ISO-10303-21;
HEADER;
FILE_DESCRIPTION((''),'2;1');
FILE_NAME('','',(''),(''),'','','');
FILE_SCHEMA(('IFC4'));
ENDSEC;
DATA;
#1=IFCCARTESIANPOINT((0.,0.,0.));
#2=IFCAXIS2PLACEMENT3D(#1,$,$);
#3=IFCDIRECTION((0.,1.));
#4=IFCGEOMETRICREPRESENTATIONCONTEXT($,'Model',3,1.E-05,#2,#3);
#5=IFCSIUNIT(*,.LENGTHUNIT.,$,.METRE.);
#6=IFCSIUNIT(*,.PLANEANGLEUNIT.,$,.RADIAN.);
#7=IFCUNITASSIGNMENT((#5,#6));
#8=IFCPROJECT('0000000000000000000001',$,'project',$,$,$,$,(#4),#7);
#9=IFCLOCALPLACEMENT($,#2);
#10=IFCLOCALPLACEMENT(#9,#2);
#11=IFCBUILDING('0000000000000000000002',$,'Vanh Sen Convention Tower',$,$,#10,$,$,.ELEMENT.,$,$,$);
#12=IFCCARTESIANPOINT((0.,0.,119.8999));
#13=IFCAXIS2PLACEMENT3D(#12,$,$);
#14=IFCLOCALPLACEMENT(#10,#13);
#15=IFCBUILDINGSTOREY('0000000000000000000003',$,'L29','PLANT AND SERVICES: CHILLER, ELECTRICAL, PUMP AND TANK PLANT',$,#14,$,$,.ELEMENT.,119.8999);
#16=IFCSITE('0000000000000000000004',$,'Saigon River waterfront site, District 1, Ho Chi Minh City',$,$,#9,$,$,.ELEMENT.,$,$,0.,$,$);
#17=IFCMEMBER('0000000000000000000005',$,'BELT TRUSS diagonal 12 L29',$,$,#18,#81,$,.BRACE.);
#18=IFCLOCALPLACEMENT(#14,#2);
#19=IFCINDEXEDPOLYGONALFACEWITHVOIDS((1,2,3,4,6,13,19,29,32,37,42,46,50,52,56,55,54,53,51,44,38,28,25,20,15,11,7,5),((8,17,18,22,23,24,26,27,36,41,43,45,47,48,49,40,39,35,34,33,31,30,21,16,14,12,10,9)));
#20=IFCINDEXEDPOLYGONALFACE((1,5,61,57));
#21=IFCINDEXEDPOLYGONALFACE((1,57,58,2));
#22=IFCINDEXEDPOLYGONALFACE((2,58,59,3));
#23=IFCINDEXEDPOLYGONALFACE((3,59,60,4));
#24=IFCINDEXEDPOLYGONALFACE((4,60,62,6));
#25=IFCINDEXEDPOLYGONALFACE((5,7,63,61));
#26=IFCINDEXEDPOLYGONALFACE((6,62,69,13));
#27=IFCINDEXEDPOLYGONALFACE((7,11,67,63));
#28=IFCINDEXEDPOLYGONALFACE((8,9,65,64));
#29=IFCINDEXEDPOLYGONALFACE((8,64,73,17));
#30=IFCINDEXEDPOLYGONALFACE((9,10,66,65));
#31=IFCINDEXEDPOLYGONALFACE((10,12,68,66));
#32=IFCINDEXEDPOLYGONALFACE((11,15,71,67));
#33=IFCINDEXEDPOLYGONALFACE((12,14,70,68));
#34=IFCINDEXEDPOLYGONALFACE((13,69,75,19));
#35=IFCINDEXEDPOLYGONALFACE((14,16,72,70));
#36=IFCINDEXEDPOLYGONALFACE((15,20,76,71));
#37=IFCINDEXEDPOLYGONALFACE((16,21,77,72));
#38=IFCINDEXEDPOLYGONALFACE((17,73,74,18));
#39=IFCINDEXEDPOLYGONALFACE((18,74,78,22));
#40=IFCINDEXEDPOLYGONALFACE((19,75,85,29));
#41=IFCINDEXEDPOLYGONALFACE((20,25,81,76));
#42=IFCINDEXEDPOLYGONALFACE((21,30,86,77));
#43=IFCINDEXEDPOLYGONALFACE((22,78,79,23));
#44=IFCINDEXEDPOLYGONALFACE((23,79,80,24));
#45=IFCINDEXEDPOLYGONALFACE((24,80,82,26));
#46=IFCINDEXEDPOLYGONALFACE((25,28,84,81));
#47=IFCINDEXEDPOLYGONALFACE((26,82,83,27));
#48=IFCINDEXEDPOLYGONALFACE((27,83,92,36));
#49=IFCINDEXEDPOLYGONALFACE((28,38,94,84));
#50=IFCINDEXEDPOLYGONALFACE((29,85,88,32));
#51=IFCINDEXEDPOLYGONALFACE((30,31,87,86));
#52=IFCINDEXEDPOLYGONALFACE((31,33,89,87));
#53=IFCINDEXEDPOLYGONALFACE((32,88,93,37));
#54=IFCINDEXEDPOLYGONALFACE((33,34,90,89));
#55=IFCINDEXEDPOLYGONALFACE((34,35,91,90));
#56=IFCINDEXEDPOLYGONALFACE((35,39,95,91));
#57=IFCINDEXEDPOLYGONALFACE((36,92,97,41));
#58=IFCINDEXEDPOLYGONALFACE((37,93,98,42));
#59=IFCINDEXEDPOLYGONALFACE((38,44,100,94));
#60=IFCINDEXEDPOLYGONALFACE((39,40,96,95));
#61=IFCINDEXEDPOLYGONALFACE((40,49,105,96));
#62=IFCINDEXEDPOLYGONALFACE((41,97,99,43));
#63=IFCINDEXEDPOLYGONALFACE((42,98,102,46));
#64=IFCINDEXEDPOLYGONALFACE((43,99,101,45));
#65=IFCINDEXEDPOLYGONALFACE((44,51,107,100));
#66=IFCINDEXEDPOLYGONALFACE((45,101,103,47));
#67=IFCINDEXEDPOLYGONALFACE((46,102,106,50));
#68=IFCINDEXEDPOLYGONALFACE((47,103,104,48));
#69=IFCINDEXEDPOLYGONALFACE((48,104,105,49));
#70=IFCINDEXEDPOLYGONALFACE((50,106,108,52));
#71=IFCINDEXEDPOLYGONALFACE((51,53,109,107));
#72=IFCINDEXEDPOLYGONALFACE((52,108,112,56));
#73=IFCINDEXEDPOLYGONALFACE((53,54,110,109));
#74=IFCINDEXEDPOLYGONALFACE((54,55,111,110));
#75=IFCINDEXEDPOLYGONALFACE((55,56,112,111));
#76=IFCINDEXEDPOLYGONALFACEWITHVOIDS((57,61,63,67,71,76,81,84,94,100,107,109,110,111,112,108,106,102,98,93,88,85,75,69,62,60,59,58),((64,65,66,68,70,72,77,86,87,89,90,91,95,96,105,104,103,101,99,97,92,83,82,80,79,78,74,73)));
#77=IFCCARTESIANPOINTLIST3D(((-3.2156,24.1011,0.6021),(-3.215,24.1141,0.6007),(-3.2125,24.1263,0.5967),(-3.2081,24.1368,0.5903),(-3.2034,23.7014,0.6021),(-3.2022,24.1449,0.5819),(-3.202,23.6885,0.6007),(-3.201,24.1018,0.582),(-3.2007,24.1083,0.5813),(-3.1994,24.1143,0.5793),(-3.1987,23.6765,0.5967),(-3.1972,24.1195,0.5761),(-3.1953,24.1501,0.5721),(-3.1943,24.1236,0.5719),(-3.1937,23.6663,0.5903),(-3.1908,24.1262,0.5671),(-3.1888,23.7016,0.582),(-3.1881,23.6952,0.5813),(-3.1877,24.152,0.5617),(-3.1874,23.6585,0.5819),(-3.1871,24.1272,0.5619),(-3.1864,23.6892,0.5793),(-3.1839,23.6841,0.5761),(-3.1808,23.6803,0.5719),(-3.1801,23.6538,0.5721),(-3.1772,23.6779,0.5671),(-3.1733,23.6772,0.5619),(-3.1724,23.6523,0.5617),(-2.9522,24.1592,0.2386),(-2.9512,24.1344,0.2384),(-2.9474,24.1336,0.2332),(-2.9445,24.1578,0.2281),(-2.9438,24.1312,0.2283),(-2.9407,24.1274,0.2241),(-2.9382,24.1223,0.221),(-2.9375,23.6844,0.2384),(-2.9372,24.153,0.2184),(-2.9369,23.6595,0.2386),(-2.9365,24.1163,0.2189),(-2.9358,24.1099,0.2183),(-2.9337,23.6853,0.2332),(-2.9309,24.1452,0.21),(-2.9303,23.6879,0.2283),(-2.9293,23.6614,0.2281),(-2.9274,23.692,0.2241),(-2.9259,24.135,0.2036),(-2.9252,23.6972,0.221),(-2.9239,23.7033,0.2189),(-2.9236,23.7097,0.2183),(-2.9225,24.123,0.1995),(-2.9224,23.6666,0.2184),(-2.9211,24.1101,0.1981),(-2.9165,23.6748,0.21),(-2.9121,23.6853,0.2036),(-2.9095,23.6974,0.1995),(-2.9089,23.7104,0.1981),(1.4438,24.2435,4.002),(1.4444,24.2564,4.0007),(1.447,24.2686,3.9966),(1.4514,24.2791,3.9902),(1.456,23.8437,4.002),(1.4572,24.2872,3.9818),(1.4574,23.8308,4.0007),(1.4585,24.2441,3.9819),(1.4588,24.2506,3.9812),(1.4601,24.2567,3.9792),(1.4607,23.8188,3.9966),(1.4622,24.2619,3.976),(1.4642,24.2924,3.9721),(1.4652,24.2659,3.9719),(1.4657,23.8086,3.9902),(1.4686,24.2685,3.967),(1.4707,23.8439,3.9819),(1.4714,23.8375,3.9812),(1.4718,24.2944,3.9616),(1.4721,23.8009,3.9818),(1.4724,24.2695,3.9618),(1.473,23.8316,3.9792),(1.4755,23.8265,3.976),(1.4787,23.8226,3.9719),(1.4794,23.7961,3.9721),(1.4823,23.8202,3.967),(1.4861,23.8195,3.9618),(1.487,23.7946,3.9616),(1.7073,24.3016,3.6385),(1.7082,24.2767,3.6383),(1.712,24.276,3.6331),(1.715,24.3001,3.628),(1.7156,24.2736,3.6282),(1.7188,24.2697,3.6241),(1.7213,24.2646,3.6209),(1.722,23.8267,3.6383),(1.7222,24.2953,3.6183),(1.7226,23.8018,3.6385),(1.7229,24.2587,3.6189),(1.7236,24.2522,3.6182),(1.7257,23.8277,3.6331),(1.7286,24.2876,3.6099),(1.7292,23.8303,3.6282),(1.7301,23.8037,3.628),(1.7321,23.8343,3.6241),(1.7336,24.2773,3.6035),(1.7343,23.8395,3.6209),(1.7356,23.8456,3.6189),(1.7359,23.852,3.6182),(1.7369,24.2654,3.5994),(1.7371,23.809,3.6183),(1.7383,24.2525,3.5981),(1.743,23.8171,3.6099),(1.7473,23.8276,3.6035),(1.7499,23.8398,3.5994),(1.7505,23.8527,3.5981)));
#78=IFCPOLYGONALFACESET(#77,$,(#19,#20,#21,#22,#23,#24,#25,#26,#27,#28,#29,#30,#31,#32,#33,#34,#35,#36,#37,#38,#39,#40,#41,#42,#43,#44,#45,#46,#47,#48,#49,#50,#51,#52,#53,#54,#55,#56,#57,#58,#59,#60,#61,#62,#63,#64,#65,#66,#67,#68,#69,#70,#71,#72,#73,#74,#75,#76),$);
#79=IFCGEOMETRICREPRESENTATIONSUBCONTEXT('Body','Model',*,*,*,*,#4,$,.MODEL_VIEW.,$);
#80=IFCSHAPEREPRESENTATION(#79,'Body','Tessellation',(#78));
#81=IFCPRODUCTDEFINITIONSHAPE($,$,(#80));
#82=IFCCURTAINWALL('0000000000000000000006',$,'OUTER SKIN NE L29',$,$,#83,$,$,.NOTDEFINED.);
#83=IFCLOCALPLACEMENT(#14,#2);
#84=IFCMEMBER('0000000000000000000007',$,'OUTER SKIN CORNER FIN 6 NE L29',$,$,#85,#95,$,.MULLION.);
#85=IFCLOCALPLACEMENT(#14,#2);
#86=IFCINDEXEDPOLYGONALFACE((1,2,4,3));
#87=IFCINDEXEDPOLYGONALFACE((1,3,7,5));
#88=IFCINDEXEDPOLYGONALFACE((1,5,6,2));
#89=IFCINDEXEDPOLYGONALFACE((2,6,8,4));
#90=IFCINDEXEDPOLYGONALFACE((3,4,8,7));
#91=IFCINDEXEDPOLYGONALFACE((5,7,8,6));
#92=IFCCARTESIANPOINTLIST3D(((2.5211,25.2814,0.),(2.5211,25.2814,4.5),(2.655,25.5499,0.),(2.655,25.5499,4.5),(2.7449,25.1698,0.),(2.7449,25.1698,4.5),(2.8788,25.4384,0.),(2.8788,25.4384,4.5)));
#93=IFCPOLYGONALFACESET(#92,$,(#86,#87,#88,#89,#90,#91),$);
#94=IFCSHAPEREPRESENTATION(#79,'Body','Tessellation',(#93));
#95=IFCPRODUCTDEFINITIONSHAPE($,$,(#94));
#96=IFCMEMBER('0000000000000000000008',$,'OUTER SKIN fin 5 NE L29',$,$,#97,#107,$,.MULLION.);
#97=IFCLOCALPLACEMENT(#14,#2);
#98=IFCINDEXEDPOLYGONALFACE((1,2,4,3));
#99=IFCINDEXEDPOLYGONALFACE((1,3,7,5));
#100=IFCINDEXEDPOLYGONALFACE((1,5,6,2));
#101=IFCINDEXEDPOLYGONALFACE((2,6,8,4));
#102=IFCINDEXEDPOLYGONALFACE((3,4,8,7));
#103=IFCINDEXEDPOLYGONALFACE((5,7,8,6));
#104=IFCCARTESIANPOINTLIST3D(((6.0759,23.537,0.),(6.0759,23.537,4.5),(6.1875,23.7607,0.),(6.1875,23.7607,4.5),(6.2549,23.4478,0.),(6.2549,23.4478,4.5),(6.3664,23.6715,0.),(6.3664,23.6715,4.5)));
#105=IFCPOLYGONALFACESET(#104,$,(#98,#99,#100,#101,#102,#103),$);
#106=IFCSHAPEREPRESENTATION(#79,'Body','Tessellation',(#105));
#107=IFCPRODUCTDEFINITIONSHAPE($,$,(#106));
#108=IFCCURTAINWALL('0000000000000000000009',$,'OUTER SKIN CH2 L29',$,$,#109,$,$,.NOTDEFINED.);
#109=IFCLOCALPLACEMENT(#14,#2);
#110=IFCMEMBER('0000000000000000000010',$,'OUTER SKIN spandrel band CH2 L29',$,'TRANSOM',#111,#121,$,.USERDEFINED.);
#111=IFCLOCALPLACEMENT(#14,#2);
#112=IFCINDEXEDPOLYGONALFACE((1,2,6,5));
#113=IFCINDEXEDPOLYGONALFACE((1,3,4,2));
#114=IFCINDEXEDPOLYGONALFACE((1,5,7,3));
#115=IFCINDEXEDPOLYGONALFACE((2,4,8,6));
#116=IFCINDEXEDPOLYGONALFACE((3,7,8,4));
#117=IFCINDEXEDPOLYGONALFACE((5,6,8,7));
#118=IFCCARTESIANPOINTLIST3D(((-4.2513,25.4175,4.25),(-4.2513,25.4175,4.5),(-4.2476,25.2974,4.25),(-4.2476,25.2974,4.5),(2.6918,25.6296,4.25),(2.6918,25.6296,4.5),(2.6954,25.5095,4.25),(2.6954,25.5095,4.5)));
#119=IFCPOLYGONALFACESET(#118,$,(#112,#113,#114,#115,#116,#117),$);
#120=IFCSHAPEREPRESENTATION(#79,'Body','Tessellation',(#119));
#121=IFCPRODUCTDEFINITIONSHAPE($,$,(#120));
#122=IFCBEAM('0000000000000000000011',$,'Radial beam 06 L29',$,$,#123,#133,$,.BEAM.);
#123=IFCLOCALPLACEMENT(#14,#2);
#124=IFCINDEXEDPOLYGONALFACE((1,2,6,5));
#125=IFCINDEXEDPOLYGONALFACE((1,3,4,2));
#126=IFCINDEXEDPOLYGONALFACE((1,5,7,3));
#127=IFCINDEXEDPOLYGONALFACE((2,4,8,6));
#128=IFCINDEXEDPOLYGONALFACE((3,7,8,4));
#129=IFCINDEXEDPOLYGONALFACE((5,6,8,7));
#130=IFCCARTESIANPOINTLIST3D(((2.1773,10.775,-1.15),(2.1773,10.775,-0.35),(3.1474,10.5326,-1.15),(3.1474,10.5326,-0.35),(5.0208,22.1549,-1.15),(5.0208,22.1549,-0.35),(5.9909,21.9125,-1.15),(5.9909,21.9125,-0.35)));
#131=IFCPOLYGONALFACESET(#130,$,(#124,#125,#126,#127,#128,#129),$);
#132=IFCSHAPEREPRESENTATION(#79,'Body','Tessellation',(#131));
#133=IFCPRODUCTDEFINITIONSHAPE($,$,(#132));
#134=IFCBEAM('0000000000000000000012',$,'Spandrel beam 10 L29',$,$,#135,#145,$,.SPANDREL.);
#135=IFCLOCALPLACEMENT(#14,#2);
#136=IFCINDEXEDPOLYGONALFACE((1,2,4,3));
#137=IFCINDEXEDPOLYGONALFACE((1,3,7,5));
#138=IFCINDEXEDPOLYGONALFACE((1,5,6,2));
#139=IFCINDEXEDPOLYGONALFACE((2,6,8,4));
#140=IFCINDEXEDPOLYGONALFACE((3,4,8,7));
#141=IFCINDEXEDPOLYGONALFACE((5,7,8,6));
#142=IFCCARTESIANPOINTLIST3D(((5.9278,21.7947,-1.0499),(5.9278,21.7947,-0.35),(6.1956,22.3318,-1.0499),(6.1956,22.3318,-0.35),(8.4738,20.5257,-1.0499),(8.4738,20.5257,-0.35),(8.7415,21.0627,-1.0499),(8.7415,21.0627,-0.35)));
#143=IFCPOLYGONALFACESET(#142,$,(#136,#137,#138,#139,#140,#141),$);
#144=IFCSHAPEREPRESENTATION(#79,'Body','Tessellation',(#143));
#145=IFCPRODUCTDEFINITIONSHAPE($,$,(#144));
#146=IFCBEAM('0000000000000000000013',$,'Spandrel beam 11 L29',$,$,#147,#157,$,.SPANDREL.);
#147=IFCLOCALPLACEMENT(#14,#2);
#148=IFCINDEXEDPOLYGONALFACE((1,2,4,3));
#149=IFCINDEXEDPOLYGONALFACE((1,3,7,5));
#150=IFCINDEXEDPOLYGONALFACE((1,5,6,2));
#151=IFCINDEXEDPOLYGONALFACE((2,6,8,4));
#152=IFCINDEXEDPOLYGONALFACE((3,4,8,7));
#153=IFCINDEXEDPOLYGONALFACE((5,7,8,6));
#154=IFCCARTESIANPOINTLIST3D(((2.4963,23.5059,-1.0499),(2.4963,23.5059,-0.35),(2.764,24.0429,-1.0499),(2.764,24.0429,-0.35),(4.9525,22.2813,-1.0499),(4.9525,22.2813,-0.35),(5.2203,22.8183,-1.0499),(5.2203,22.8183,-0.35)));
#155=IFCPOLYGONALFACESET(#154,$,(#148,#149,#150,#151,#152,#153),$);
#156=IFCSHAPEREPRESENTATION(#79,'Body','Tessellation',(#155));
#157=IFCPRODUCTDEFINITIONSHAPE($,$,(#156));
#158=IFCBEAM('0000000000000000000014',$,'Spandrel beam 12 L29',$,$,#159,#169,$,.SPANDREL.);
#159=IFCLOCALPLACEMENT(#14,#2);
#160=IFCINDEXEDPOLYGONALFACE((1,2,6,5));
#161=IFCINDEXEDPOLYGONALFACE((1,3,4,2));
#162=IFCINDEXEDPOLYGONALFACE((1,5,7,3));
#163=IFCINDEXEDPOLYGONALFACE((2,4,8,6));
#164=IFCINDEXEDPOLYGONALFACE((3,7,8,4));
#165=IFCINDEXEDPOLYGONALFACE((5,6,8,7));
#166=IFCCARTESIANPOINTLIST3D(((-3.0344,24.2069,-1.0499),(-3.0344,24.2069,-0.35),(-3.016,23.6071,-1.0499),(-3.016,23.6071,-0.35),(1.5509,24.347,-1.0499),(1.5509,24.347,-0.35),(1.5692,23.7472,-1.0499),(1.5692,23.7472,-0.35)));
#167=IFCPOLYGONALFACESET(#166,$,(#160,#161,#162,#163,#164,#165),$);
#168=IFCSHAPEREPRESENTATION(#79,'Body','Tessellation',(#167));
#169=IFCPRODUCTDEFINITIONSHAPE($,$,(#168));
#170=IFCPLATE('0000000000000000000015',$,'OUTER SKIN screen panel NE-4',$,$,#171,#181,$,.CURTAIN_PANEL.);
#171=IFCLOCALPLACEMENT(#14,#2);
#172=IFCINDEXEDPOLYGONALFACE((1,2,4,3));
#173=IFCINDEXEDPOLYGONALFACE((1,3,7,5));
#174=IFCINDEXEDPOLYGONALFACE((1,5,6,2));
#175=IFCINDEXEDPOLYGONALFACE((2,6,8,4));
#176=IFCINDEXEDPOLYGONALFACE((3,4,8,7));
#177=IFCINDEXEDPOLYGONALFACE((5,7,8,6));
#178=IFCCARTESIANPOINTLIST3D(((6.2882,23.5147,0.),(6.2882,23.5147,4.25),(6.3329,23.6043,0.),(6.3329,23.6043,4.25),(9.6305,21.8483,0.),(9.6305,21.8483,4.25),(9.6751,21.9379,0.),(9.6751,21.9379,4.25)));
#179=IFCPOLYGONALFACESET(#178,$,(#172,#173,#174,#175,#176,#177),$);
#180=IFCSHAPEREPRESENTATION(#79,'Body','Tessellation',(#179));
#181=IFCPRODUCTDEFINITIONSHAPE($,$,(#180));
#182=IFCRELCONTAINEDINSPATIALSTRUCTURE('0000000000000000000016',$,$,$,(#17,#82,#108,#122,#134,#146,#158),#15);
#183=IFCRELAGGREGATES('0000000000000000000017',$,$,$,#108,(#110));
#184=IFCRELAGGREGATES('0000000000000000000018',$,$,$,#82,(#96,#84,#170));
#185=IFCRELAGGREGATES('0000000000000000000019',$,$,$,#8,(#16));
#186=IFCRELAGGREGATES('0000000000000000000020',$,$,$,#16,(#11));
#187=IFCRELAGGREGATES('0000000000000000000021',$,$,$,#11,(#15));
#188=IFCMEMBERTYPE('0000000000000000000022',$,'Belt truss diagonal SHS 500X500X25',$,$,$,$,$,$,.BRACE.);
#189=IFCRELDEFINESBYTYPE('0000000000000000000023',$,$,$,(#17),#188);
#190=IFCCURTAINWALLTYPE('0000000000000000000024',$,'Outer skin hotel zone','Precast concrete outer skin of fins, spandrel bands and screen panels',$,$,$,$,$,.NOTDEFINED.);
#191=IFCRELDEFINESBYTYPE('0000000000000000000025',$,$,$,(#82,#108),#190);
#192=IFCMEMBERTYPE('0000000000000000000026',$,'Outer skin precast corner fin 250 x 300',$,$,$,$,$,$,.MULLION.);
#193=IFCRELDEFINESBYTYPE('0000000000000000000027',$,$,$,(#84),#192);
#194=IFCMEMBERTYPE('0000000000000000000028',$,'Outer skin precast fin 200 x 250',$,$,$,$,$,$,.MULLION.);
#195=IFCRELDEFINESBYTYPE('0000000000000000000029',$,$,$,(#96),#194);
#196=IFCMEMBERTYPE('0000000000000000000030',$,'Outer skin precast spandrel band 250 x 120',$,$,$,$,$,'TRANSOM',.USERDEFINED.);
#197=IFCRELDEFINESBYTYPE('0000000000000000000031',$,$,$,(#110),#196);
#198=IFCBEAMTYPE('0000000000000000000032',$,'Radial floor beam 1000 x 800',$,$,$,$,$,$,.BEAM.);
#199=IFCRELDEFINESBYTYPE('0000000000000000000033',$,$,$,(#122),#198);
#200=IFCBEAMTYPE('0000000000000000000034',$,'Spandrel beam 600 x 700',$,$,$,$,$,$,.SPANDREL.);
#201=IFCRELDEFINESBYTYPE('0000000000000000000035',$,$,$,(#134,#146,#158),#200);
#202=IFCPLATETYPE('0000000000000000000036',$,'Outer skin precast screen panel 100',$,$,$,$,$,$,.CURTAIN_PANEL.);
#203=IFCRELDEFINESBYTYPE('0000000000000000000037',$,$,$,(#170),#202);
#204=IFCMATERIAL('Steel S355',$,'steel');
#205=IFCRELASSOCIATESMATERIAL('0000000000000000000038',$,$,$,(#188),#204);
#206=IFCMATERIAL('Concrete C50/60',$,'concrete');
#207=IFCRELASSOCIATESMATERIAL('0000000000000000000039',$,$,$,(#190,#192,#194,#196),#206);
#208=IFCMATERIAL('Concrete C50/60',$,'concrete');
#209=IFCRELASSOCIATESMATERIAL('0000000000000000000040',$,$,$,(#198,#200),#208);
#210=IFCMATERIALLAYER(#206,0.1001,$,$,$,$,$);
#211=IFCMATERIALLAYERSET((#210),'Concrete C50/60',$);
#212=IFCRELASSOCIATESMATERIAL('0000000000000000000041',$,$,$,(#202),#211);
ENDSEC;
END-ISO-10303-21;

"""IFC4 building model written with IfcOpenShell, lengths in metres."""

from ifc_helpers import new_model, si_unit, direction, frame, origin, origin_2d, place, context, subcontext, project, spatial, rectangle, hollow_rectangle, extrude, material, layer, layer_set, material_profile, profile_set, type_object, element, aggregate, save


model = new_model("IFC4")

# Units and contexts
model_context = context("Model", 3, precision=1e-05, world=origin(), true_north=direction((0.0, 1.0)))
body_context = subcontext(model_context, "Body", "Model", "MODEL_VIEW")
ifc_project = project(units=[si_unit("LENGTHUNIT", "METRE"), si_unit("PLANEANGLEUNIT", "RADIAN")], contexts=[model_context])

# Site, building, storey
site_placement = place(None, origin())
site = spatial("IfcSite", under=ifc_project, at=site_placement, Name="Saigon River waterfront site, District 1, Ho Chi Minh City", CompositionType="ELEMENT", RefElevation=0.0)
building_placement = place(site_placement, origin())
building = spatial("IfcBuilding", under=site, at=building_placement, Name="Vanh Sen Convention Tower", CompositionType="ELEMENT")
storey_placement = place(building_placement, frame((0.0, 0.0, 119.8999)))
storey = spatial("IfcBuildingStorey", under=building, at=storey_placement, Name="L29", Description="PLANT AND SERVICES: CHILLER, ELECTRICAL, PUMP AND TANK PLANT", CompositionType="ELEMENT", Elevation=119.8999)

# Member
ifc_material_1 = material(Name="Steel S355", Category="steel")
ifc_material_profile_1 = material_profile(ifc_material_1, hollow_rectangle(XDim=0.5, YDim=0.5, WallThickness=0.0249, InnerFilletRadius=0.0249, OuterFilletRadius=0.05, at=origin_2d()), Name="SHS 500X500X25")
ifc_profile_set_1 = profile_set([ifc_material_profile_1], Name="Steel S355")
member_type_1 = type_object("IfcMemberType", Name="Belt truss diagonal SHS 500X500X25", PredefinedType="BRACE", material=ifc_profile_set_1)
member_1_placement = place(storey_placement, frame((1.5972, 24.0481, 3.8), z_axis=(-0.807563, -0.024669, -0.589265), x_axis=(0.030533, -0.999534, 0.0)))
element("IfcMember", 1, at=member_1_placement, inside=storey, type_object=member_type_1, Name="BELT TRUSS diagonal 12 L29", PredefinedType="BRACE", context=body_context, shape_type="SweptSolid", body=[
    extrude(hollow_rectangle(XDim=0.5, YDim=0.5, WallThickness=0.0249, InnerFilletRadius=0.0249, OuterFilletRadius=0.05, at=origin_2d()), origin(), (0.0, 0.0, 1.0), 5.7698),
])

# Curtain wall, members
ifc_material_2 = material(Name="Concrete C50/60", Category="concrete")
curtain_wall_type = type_object("IfcCurtainWallType", Name="Outer skin hotel zone", Description="Precast concrete outer skin of fins, spandrel bands and screen panels", PredefinedType="NOTDEFINED", material=ifc_material_2)
curtain_wall_1_placement = place(storey_placement, origin())
curtain_wall_1 = element("IfcCurtainWall", 2, at=curtain_wall_1_placement, inside=storey, type_object=curtain_wall_type, Name="OUTER SKIN NE L29", PredefinedType="NOTDEFINED")
ifc_material_profile_2 = material_profile(ifc_material_2, rectangle(XDim=0.25, YDim=0.3, at=origin_2d()), Name="Outer skin precast corner fin 250 x 300")
ifc_profile_set_2 = profile_set([ifc_material_profile_2], Name="Concrete C50/60")
member_type_2 = type_object("IfcMemberType", Name="Outer skin precast corner fin 250 x 300", PredefinedType="MULLION", material=ifc_profile_set_2)
member_2_placement = place(storey_placement, frame((2.7, 25.3599, 0.0), z_axis=(0.0, 0.0, 1.0), x_axis=(-0.894934, 0.446198, 0.0)))
member_2 = element("IfcMember", 3, at=member_2_placement, type_object=member_type_2, Name="OUTER SKIN CORNER FIN 6 NE L29", PredefinedType="MULLION", context=body_context, shape_type="SweptSolid", body=[
    extrude(rectangle(XDim=0.25, YDim=0.3, at=origin_2d()), origin(), (0.0, 0.0, 1.0), 4.5),
])
ifc_material_profile_3 = material_profile(ifc_material_2, rectangle(XDim=0.2, YDim=0.25, at=origin_2d()), Name="Outer skin precast fin 200 x 250")
ifc_profile_set_3 = profile_set([ifc_material_profile_3], Name="Concrete C50/60")
member_type_3 = type_object("IfcMemberType", Name="Outer skin precast fin 200 x 250", PredefinedType="MULLION", material=ifc_profile_set_3)
member_3_placement = place(storey_placement, frame((6.2212, 23.6042, 0.0), z_axis=(0.0, 0.0, 1.0), x_axis=(-0.894934, 0.446198, 0.0)))
member_3 = element("IfcMember", 4, at=member_3_placement, type_object=member_type_3, Name="OUTER SKIN fin 5 NE L29", PredefinedType="MULLION", context=body_context, shape_type="SweptSolid", body=[
    extrude(rectangle(XDim=0.2, YDim=0.25, at=origin_2d()), origin(), (0.0, 0.0, 1.0), 4.5),
])

# Curtain wall, member
curtain_wall_2_placement = place(storey_placement, origin())
curtain_wall_2 = element("IfcCurtainWall", 5, at=curtain_wall_2_placement, inside=storey, type_object=curtain_wall_type, Name="OUTER SKIN CH2 L29", PredefinedType="NOTDEFINED")
ifc_material_profile_4 = material_profile(ifc_material_2, rectangle(XDim=0.1201, YDim=0.25, at=origin_2d()), Name="Outer skin precast spandrel band 250 x 120")
ifc_profile_set_4 = profile_set([ifc_material_profile_4], Name="Concrete C50/60")
member_type_4 = type_object("IfcMemberType", Name="Outer skin precast spandrel band 250 x 120", ElementType="TRANSOM", PredefinedType="USERDEFINED", material=ifc_profile_set_4)
member_4_placement = place(storey_placement, frame((2.6936, 25.5696, 4.375), z_axis=(-0.999533, -0.030542, 0.0), x_axis=(0.030542, -0.999533, 0.0)))
member_4 = element("IfcMember", 6, at=member_4_placement, type_object=member_type_4, Name="OUTER SKIN spandrel band CH2 L29", ObjectType="TRANSOM", PredefinedType="USERDEFINED", context=body_context, shape_type="SweptSolid", body=[
    extrude(rectangle(XDim=0.1201, YDim=0.25, at=origin_2d()), origin(), (0.0, 0.0, 1.0), 6.9463),
])
aggregate(curtain_wall_2, [member_4])

# Beams
ifc_material_3 = material(Name="Concrete C50/60", Category="concrete")
ifc_material_profile_5 = material_profile(ifc_material_3, rectangle(XDim=1.0, YDim=0.8, at=origin_2d()), Name="RC 1000X800")
ifc_profile_set_5 = profile_set([ifc_material_profile_5], Name="Concrete C50/60")
beam_type_1 = type_object("IfcBeamType", Name="Radial floor beam 1000 x 800", PredefinedType="BEAM", material=ifc_profile_set_5)
beam_1_placement = place(storey_placement, frame((5.5059, 22.0337, -0.75), z_axis=(-0.242418, -0.970172, 0.0), x_axis=(0.970172, -0.242418, 0.0)))
element("IfcBeam", 7, at=beam_1_placement, inside=storey, type_object=beam_type_1, Name="Radial beam 06 L29", PredefinedType="BEAM", context=body_context, shape_type="SweptSolid", body=[
    extrude(rectangle(XDim=1.0, YDim=0.8, at=origin_2d()), origin(), (0.0, 0.0, 1.0), 11.7297),
])
ifc_material_profile_6 = material_profile(ifc_material_3, rectangle(XDim=0.6001, YDim=0.7, at=origin_2d()), Name="RC 600X700")
ifc_profile_set_6 = profile_set([ifc_material_profile_6], Name="Concrete C50/60")
beam_type_2 = type_object("IfcBeamType", Name="Spandrel beam 600 x 700", PredefinedType="SPANDREL", material=ifc_profile_set_6)
beam_2_placement = place(storey_placement, frame((8.6077, 20.7942, -0.7), z_axis=(-0.894976, 0.446115, 0.0), x_axis=(-0.446115, -0.894976, 0.0)))
element("IfcBeam", 8, at=beam_2_placement, inside=storey, type_object=beam_type_2, Name="Spandrel beam 10 L29", PredefinedType="SPANDREL", context=body_context, shape_type="SweptSolid", body=[
    extrude(rectangle(XDim=0.6001, YDim=0.7, at=origin_2d()), origin(), (0.0, 0.0, 1.0), 2.8447),
])
beam_3_placement = place(storey_placement, frame((5.0864, 22.5498, -0.7), z_axis=(-0.894943, 0.446181, 0.0), x_axis=(-0.446181, -0.894943, 0.0)))
element("IfcBeam", 9, at=beam_3_placement, inside=storey, type_object=beam_type_2, Name="Spandrel beam 11 L29", PredefinedType="SPANDREL", context=body_context, shape_type="SweptSolid", body=[
    extrude(rectangle(XDim=0.6001, YDim=0.7, at=origin_2d()), origin(), (0.0, 0.0, 1.0), 2.7446),
])
beam_4_placement = place(storey_placement, frame((1.5601, 24.0471, -0.7), z_axis=(-0.999533, -0.030549, 0.0), x_axis=(0.030549, -0.999533, 0.0)))
element("IfcBeam", 10, at=beam_4_placement, inside=storey, type_object=beam_type_2, Name="Spandrel beam 12 L29", PredefinedType="SPANDREL", context=body_context, shape_type="SweptSolid", body=[
    extrude(rectangle(XDim=0.6001, YDim=0.7, at=origin_2d()), origin(), (0.0, 0.0, 1.0), 4.5874),
])

# Plate
ifc_layer_1 = layer(ifc_material_2, 0.1001)
ifc_layer_set_1 = layer_set([ifc_layer_1], Name="Concrete C50/60")
plate_type = type_object("IfcPlateType", Name="Outer skin precast screen panel 100", PredefinedType="CURTAIN_PANEL", material=ifc_layer_set_1)
plate_1_placement = place(storey_placement, frame((7.9817, 22.7263, 0.0), z_axis=(0.0, 0.0, 1.0), x_axis=(-0.894935, 0.446196, 0.0)))
plate_1 = element("IfcPlate", 11, at=plate_1_placement, type_object=plate_type, Name="OUTER SKIN screen panel NE-4", PredefinedType="CURTAIN_PANEL", context=body_context, shape_type="SweptSolid", body=[
    extrude(rectangle(XDim=3.7346, YDim=0.1001, at=origin_2d()), origin(), (0.0, 0.0, 1.0), 4.25),
])
aggregate(curtain_wall_1, [member_3, member_2, plate_1])

save(model, "model.ifc")
